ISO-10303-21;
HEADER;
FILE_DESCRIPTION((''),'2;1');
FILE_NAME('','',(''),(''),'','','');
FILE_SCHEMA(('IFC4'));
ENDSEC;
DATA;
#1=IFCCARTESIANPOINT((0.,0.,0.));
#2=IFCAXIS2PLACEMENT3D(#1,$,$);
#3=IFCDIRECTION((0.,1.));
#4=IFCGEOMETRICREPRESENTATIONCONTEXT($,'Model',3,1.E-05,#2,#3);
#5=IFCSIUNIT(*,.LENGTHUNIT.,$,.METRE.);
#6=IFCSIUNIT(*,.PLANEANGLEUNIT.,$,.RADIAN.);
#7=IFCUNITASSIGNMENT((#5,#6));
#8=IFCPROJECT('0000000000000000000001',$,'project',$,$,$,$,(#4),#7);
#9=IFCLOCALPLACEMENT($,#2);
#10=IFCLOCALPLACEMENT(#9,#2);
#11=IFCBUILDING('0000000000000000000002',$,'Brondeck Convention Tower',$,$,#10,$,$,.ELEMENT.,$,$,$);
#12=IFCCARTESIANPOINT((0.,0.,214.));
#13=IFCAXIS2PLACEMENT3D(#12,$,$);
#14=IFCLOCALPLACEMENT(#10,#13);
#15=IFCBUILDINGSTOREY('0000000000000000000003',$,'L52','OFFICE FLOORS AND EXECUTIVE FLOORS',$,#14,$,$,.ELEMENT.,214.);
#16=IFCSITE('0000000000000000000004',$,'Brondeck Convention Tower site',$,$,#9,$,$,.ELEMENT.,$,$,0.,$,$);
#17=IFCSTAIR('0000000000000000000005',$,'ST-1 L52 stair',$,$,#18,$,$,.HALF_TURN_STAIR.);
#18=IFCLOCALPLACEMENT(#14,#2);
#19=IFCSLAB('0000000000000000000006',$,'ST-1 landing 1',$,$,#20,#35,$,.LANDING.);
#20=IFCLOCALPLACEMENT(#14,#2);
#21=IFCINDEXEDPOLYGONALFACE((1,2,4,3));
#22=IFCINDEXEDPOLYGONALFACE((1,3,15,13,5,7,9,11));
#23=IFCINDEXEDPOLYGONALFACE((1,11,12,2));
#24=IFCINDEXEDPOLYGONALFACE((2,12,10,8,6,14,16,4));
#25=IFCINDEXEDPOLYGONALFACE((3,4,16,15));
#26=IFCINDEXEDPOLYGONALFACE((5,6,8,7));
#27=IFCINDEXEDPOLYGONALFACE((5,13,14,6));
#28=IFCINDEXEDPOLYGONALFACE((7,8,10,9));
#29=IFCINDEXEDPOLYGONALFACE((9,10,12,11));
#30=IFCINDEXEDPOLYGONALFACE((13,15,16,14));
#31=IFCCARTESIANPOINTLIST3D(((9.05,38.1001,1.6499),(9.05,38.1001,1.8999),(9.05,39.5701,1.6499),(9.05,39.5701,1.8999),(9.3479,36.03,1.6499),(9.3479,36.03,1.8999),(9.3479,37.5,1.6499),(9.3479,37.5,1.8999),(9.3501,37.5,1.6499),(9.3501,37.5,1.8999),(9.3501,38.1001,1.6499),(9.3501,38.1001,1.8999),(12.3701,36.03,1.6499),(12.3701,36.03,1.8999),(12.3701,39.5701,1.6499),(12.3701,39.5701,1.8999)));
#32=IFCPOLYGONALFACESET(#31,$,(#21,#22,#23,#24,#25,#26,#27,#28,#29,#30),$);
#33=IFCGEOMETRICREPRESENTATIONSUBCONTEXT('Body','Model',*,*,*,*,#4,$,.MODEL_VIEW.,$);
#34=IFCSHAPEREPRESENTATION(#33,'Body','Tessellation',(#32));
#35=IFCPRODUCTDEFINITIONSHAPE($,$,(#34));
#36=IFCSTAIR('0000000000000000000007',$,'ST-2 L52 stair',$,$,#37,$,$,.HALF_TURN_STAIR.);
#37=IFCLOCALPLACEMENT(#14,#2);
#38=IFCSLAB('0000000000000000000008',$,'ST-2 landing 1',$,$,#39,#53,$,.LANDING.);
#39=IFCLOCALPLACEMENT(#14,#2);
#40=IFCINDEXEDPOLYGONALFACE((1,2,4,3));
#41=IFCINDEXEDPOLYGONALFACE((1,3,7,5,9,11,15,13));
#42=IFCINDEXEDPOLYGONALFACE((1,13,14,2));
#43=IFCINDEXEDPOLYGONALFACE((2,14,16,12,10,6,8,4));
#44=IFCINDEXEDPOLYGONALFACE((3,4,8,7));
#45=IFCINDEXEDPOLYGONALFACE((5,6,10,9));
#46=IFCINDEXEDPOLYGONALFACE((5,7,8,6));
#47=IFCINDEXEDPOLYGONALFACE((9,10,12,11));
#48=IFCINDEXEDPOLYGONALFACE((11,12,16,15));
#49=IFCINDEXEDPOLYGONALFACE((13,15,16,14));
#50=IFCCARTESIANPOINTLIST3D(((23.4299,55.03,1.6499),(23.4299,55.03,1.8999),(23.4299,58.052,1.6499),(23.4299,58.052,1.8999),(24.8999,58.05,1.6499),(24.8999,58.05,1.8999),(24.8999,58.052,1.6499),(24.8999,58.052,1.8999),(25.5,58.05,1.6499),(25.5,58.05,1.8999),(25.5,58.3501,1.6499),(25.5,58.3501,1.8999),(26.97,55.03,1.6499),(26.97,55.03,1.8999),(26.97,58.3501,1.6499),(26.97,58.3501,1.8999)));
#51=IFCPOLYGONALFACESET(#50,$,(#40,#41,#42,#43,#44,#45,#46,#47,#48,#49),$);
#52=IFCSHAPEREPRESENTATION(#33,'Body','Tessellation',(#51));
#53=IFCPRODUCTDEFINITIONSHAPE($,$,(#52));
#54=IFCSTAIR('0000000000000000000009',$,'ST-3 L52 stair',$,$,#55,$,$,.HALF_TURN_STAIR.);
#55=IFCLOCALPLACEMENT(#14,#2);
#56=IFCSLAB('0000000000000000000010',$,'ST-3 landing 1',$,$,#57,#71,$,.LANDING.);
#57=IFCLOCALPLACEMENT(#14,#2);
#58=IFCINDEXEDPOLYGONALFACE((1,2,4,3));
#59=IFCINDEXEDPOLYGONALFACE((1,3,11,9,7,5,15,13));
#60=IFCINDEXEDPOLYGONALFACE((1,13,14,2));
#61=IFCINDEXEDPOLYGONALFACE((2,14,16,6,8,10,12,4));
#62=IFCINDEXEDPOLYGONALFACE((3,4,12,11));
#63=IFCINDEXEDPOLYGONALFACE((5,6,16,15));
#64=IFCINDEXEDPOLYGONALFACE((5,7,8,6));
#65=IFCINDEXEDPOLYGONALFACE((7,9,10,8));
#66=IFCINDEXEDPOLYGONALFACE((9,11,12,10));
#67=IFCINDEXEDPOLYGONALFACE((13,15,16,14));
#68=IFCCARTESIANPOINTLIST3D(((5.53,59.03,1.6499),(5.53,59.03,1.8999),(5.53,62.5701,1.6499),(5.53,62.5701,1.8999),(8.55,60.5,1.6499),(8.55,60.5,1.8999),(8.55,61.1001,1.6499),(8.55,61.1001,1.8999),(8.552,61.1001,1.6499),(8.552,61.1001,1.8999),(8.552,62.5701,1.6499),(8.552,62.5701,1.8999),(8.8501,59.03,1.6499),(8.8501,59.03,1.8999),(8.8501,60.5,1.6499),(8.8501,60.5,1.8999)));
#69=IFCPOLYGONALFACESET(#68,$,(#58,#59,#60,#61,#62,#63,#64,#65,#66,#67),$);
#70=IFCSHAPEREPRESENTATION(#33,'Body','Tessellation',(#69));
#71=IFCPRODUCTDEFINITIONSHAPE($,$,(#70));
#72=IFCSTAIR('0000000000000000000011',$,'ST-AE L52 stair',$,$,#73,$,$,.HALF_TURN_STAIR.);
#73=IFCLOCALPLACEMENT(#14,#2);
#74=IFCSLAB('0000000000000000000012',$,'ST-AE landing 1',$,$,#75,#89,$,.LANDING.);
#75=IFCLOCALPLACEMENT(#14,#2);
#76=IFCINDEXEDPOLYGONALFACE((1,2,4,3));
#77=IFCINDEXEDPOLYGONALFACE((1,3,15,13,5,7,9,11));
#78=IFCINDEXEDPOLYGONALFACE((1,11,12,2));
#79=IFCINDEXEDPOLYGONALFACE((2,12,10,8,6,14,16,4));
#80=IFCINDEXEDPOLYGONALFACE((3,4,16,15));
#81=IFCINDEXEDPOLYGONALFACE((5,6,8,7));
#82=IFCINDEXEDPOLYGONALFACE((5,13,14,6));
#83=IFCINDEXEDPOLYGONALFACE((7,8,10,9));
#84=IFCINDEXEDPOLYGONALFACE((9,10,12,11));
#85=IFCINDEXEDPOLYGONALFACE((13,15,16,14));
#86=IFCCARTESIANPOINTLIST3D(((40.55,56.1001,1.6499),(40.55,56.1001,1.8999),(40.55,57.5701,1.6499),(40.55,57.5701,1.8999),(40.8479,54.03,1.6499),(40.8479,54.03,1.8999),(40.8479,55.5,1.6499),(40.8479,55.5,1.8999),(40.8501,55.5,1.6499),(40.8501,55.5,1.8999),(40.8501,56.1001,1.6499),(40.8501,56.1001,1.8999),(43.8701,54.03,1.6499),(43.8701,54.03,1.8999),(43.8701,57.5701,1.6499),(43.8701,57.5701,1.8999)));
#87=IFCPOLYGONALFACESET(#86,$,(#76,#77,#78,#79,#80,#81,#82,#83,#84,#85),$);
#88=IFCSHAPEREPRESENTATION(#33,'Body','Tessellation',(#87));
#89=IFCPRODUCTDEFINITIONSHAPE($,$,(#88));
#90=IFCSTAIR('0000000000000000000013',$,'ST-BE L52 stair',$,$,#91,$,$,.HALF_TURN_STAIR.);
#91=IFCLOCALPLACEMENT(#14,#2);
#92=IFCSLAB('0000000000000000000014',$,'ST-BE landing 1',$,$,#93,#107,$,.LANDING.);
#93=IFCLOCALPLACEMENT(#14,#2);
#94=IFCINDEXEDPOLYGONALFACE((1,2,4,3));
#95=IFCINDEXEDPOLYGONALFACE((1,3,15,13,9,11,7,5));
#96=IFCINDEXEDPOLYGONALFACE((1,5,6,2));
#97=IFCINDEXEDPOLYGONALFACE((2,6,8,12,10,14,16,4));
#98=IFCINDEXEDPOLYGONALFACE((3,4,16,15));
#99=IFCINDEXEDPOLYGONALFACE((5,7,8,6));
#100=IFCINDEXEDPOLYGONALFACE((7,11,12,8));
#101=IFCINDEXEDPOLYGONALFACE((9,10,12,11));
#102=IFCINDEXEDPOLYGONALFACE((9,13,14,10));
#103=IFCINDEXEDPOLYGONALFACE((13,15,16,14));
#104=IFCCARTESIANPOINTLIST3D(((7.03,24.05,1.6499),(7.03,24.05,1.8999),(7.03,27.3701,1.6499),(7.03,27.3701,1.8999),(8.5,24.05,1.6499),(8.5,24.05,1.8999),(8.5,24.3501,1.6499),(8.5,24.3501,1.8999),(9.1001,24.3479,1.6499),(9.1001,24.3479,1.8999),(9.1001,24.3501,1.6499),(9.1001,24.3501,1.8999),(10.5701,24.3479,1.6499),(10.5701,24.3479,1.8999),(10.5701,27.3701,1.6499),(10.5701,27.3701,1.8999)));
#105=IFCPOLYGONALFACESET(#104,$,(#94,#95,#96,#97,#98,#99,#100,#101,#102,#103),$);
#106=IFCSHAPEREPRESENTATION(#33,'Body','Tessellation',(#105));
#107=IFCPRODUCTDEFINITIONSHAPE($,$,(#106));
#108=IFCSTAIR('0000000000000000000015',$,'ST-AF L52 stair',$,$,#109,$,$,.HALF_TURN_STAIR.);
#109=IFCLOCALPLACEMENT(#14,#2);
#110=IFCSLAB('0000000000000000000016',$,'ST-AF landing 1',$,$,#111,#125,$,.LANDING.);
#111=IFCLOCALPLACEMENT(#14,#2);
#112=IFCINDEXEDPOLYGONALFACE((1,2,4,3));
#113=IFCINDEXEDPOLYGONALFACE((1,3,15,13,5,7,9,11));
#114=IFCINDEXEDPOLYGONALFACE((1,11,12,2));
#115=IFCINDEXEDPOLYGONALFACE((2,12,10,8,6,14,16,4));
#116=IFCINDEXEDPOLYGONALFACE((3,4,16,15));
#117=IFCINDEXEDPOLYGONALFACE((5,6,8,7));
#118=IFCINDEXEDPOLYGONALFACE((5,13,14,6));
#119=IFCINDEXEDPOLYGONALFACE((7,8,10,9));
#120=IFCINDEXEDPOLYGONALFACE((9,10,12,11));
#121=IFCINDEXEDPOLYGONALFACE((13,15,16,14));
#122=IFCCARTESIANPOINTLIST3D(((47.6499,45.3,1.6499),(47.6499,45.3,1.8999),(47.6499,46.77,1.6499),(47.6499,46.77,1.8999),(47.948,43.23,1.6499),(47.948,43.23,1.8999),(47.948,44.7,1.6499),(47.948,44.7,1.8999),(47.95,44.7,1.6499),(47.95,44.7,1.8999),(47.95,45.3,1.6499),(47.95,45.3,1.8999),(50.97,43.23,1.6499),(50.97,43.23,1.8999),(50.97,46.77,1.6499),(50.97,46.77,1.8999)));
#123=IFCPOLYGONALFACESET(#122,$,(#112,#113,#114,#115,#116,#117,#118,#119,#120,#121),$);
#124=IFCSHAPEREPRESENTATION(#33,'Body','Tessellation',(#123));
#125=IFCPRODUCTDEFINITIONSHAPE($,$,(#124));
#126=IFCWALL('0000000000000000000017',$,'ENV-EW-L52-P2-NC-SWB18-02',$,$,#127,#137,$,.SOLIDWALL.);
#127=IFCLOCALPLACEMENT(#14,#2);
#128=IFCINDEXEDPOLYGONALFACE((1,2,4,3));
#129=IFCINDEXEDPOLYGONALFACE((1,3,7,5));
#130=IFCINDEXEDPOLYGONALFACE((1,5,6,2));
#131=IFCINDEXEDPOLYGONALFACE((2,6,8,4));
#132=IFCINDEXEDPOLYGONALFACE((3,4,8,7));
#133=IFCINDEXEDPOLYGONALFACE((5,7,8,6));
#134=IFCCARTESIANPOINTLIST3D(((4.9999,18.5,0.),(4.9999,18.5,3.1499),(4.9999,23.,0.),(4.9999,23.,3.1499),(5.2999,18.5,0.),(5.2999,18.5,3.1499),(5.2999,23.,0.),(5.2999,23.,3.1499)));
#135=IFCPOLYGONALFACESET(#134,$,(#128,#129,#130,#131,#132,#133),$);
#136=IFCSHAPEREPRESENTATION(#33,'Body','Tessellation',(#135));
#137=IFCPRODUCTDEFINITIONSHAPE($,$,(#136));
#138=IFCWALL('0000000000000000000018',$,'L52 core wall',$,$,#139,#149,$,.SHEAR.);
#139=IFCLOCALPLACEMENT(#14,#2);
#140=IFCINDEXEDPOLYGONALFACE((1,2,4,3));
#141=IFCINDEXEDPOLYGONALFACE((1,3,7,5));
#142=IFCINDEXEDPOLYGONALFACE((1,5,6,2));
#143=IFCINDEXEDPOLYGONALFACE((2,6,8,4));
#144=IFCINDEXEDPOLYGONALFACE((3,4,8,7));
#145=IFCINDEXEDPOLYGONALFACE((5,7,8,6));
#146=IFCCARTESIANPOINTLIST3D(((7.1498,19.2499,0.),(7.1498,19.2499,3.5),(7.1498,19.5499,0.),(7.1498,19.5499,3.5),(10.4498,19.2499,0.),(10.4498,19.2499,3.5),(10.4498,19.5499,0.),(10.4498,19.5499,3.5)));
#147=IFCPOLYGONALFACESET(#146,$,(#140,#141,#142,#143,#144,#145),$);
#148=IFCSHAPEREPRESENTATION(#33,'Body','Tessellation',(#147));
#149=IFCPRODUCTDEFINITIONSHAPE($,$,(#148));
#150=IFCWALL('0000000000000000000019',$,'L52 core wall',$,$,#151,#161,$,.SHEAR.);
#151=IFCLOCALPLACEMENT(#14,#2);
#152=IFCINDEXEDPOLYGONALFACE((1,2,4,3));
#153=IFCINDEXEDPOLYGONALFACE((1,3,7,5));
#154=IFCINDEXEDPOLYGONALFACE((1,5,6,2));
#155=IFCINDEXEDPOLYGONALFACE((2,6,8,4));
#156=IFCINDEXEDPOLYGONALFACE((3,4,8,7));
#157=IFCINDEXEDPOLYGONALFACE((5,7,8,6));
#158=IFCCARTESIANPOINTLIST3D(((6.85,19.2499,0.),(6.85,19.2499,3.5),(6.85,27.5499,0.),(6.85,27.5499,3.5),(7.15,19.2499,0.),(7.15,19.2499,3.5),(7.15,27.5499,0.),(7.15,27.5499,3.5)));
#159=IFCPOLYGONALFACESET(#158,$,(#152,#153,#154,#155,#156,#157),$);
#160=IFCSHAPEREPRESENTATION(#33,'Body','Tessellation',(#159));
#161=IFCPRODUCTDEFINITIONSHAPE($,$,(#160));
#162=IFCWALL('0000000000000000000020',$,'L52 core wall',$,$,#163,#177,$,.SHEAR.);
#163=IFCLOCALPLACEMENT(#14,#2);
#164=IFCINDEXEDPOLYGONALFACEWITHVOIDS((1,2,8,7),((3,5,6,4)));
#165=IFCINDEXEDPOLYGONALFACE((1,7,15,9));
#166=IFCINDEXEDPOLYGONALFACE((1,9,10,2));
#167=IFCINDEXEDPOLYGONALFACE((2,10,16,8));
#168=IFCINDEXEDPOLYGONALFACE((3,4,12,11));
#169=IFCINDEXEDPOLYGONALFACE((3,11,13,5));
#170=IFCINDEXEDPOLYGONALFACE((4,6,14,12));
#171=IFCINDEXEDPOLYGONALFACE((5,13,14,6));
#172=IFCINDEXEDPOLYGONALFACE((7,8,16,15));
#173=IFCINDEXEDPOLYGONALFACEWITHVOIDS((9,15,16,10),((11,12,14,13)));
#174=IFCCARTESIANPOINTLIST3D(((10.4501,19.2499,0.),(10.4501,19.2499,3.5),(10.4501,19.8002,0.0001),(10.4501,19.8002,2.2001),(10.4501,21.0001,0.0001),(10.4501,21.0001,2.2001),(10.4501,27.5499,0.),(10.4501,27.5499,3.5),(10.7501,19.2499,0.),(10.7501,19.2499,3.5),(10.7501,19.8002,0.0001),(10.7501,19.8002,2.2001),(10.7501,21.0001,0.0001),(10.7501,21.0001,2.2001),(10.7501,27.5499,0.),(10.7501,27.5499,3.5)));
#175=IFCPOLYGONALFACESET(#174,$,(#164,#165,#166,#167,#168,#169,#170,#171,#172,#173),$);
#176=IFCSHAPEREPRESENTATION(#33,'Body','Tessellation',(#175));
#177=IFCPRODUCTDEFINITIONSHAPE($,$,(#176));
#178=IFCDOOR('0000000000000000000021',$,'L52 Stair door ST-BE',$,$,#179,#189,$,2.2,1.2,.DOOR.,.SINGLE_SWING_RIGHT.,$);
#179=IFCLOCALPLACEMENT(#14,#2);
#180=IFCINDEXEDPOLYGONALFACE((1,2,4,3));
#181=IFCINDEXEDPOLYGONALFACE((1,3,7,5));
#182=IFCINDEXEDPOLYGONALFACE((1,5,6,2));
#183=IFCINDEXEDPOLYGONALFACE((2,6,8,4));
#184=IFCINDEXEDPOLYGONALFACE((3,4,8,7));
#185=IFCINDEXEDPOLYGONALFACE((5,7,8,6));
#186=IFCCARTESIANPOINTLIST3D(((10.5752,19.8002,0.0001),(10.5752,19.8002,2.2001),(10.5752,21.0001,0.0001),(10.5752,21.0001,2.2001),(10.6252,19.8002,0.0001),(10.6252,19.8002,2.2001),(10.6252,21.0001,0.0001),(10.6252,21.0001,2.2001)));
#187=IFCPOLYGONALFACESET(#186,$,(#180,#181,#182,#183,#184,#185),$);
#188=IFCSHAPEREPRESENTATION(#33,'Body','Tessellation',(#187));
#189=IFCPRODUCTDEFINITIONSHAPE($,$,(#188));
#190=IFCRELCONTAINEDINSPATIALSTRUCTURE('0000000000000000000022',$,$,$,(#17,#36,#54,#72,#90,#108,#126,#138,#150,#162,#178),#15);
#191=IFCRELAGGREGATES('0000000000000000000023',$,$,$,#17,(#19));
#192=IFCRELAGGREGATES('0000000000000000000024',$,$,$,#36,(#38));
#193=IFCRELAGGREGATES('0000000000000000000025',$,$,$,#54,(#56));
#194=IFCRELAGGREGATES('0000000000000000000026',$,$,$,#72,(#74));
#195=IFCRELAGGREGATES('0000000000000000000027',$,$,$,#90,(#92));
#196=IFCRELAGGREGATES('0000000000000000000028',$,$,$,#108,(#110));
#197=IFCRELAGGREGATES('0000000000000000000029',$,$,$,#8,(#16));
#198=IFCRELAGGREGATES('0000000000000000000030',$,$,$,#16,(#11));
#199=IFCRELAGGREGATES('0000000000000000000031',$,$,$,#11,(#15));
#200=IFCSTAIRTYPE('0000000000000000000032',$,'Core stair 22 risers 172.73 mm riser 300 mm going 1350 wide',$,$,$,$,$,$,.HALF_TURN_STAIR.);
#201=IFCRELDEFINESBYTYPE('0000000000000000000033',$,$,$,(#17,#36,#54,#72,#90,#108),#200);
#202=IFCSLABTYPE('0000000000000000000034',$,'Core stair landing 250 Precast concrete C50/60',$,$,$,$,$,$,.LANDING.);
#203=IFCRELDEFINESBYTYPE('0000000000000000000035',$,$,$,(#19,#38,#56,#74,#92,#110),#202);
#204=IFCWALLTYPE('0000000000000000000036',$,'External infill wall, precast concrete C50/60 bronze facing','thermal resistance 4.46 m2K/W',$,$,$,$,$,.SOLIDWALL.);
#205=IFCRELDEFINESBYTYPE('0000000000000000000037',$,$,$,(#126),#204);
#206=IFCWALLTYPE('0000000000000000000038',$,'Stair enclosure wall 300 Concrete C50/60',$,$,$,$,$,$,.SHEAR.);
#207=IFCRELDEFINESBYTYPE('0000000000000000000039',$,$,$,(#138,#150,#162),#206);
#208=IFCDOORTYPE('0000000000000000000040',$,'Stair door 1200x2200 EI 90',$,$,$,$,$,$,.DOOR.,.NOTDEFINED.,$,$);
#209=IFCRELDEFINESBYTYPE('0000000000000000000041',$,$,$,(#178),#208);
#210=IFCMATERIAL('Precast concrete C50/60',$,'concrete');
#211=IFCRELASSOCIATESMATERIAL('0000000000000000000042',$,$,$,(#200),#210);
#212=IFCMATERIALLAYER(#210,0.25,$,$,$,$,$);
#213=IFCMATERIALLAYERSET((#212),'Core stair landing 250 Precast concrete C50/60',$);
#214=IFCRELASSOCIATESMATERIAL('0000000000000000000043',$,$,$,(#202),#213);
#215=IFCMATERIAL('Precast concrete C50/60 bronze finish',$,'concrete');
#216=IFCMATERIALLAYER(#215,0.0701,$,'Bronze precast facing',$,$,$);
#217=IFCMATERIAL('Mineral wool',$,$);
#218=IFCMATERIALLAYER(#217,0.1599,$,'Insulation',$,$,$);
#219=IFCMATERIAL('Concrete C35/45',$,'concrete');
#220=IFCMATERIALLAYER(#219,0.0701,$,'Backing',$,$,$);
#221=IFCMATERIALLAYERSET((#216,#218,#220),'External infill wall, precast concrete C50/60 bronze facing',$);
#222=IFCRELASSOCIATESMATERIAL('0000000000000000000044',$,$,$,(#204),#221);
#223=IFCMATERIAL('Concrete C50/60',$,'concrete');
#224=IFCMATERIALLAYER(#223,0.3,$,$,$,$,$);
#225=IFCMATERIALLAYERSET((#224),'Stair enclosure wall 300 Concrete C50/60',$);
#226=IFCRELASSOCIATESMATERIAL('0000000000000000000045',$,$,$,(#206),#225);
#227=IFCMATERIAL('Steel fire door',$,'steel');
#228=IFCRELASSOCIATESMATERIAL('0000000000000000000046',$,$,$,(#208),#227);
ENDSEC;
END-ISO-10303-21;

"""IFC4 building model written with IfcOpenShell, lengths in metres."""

from ifc_helpers import new_model, si_unit, direction, frame, frame_2d, origin, place, context, subcontext, project, spatial, polyline, rectangle, outline, extrude, material, layer, layer_set, type_object, element, fill, aggregate, save


model = new_model("IFC4")

# Units and contexts
model_context = context("Model", 3, precision=1e-05, world=origin(), true_north=direction((0.0, 1.0)))
body_context = subcontext(model_context, "Body", "Model", "MODEL_VIEW")
ifc_project = project(units=[si_unit("LENGTHUNIT", "METRE"), si_unit("PLANEANGLEUNIT", "RADIAN")], contexts=[model_context])

# Site, building, storey
site_placement = place(None, origin())
site = spatial("IfcSite", under=ifc_project, at=site_placement, Name="Brondeck Convention Tower site", CompositionType="ELEMENT", RefElevation=0.0)
building_placement = place(site_placement, origin())
building = spatial("IfcBuilding", under=site, at=building_placement, Name="Brondeck Convention Tower", CompositionType="ELEMENT")
storey_placement = place(building_placement, frame((0.0, 0.0, 214.0)))
storey = spatial("IfcBuildingStorey", under=building, at=storey_placement, Name="L52", Description="OFFICE FLOORS AND EXECUTIVE FLOORS", CompositionType="ELEMENT", Elevation=214.0)

# Shared definitions
ifc_material_1 = material(Name="Concrete C50/60", Category="concrete")

# Shared definitions
ifc_material_2 = material(Name="Concrete C35/45", Category="concrete")

# Stairs, slabs
ifc_material_3 = material(Name="Precast concrete C50/60", Category="concrete")
stair_type = type_object("IfcStairType", Name="Core stair 22 risers 172.73 mm riser 300 mm going 1350 wide", PredefinedType="HALF_TURN_STAIR", material=ifc_material_3)
stair_1_placement = place(storey_placement, origin())
stair_1 = element("IfcStair", 1, at=stair_1_placement, inside=storey, type_object=stair_type, Name="ST-1 L52 stair", PredefinedType="HALF_TURN_STAIR")
ifc_layer_1 = layer(ifc_material_3, 0.25)
ifc_layer_set_1 = layer_set([ifc_layer_1], Name="Core stair landing 250 Precast concrete C50/60")
slab_type_1 = type_object("IfcSlabType", Name="Core stair landing 250 Precast concrete C50/60", PredefinedType="LANDING", material=ifc_layer_set_1)
slab_1_placement = place(storey_placement, frame((0.0, 0.0, 1.6499)))
slab_1 = element("IfcSlab", 2, at=slab_1_placement, type_object=slab_type_1, Name="ST-1 landing 1", PredefinedType="LANDING", context=body_context, shape_type="SweptSolid", body=[
    extrude(outline(polyline([(9.3479, 37.5), (9.3501, 37.5), (9.3501, 38.1001), (9.05, 38.1001), (9.05, 39.5701), (12.3701, 39.5701), (12.3701, 36.03), (9.3479, 36.03), (9.3479, 37.5)])), origin(), (0.0, 0.0, 1.0), 0.25),
])
aggregate(stair_1, [slab_1])
stair_2_placement = place(storey_placement, origin())
stair_2 = element("IfcStair", 3, at=stair_2_placement, inside=storey, type_object=stair_type, Name="ST-2 L52 stair", PredefinedType="HALF_TURN_STAIR")
slab_2_placement = place(storey_placement, frame((0.0, 0.0, 1.6499)))
slab_2 = element("IfcSlab", 4, at=slab_2_placement, type_object=slab_type_1, Name="ST-2 landing 1", PredefinedType="LANDING", context=body_context, shape_type="SweptSolid", body=[
    extrude(outline(polyline([(23.4299, 58.052), (24.8999, 58.052), (24.8999, 58.05), (25.5, 58.05), (25.5, 58.3501), (26.97, 58.3501), (26.97, 55.03), (23.4299, 55.03), (23.4299, 58.052)])), origin(), (0.0, 0.0, 1.0), 0.25),
])
aggregate(stair_2, [slab_2])
stair_3_placement = place(storey_placement, origin())
stair_3 = element("IfcStair", 5, at=stair_3_placement, inside=storey, type_object=stair_type, Name="ST-3 L52 stair", PredefinedType="HALF_TURN_STAIR")
slab_3_placement = place(storey_placement, frame((0.0, 0.0, 1.6499)))
slab_3 = element("IfcSlab", 6, at=slab_3_placement, type_object=slab_type_1, Name="ST-3 landing 1", PredefinedType="LANDING", context=body_context, shape_type="SweptSolid", body=[
    extrude(outline(polyline([(8.8501, 60.5), (8.8501, 59.03), (5.53, 59.03), (5.53, 62.5701), (8.552, 62.5701), (8.552, 61.1001), (8.55, 61.1001), (8.55, 60.5), (8.8501, 60.5)])), origin(), (0.0, 0.0, 1.0), 0.25),
])
aggregate(stair_3, [slab_3])
stair_4_placement = place(storey_placement, origin())
stair_4 = element("IfcStair", 7, at=stair_4_placement, inside=storey, type_object=stair_type, Name="ST-AE L52 stair", PredefinedType="HALF_TURN_STAIR")
slab_4_placement = place(storey_placement, frame((0.0, 0.0, 1.6499)))
slab_4 = element("IfcSlab", 8, at=slab_4_placement, type_object=slab_type_1, Name="ST-AE landing 1", PredefinedType="LANDING", context=body_context, shape_type="SweptSolid", body=[
    extrude(outline(polyline([(40.8479, 55.5), (40.8501, 55.5), (40.8501, 56.1001), (40.55, 56.1001), (40.55, 57.5701), (43.8701, 57.5701), (43.8701, 54.03), (40.8479, 54.03), (40.8479, 55.5)])), origin(), (0.0, 0.0, 1.0), 0.25),
])
aggregate(stair_4, [slab_4])
stair_5_placement = place(storey_placement, origin())
stair_5 = element("IfcStair", 9, at=stair_5_placement, inside=storey, type_object=stair_type, Name="ST-BE L52 stair", PredefinedType="HALF_TURN_STAIR")
slab_5_placement = place(storey_placement, frame((0.0, 0.0, 1.6499)))
slab_5 = element("IfcSlab", 10, at=slab_5_placement, type_object=slab_type_1, Name="ST-BE landing 1", PredefinedType="LANDING", context=body_context, shape_type="SweptSolid", body=[
    extrude(outline(polyline([(7.03, 24.05), (7.03, 27.3701), (10.5701, 27.3701), (10.5701, 24.3479), (9.1001, 24.3479), (9.1001, 24.3501), (8.5, 24.3501), (8.5, 24.05), (7.03, 24.05)])), origin(), (0.0, 0.0, 1.0), 0.25),
])
aggregate(stair_5, [slab_5])
stair_6_placement = place(storey_placement, origin())
stair_6 = element("IfcStair", 11, at=stair_6_placement, inside=storey, type_object=stair_type, Name="ST-AF L52 stair", PredefinedType="HALF_TURN_STAIR")
slab_6_placement = place(storey_placement, frame((0.0, 0.0, 1.6499)))
slab_6 = element("IfcSlab", 12, at=slab_6_placement, type_object=slab_type_1, Name="ST-AF landing 1", PredefinedType="LANDING", context=body_context, shape_type="SweptSolid", body=[
    extrude(outline(polyline([(47.948, 44.7), (47.95, 44.7), (47.95, 45.3), (47.6499, 45.3), (47.6499, 46.77), (50.97, 46.77), (50.97, 43.23), (47.948, 43.23), (47.948, 44.7)])), origin(), (0.0, 0.0, 1.0), 0.25),
])
aggregate(stair_6, [slab_6])

# Walls
ifc_material_4 = material(Name="Precast concrete C50/60 bronze finish", Category="concrete")
ifc_layer_2 = layer(ifc_material_4, 0.0701, Name="Bronze precast facing")
ifc_material_5 = material(Name="Mineral wool")
ifc_layer_3 = layer(ifc_material_5, 0.1599, Name="Insulation")
ifc_layer_4 = layer(ifc_material_2, 0.0701, Name="Backing")
ifc_layer_set_2 = layer_set([ifc_layer_2, ifc_layer_3, ifc_layer_4], Name="External infill wall, precast concrete C50/60 bronze facing")
wall_type_1 = type_object("IfcWallType", Name="External infill wall, precast concrete C50/60 bronze facing", Description="thermal resistance 4.46 m2K/W", PredefinedType="SOLIDWALL", material=ifc_layer_set_2)
wall_1_placement = place(storey_placement, frame((5.1499, 18.5, 0.0), z_axis=(0.0, 0.0, 1.0), x_axis=(0.0, 1.0, 0.0)))
element("IfcWall", 13, at=wall_1_placement, inside=storey, type_object=wall_type_1, Name="ENV-EW-L52-P2-NC-SWB18-02", PredefinedType="SOLIDWALL", context=body_context, shape_type="SweptSolid", body=[
    extrude(rectangle(XDim=4.5, YDim=0.3, at=frame_2d((2.25, 0.0))), origin(), (0.0, 0.0, 1.0), 3.1499),
])
ifc_layer_5 = layer(ifc_material_1, 0.3)
ifc_layer_set_3 = layer_set([ifc_layer_5], Name="Stair enclosure wall 300 Concrete C50/60")
wall_type_2 = type_object("IfcWallType", Name="Stair enclosure wall 300 Concrete C50/60", PredefinedType="SHEAR", material=ifc_layer_set_3)
wall_2_placement = place(storey_placement, frame((7.1499, 19.3999, 0.0), z_axis=(0.0, 0.0, 1.0), x_axis=(1.0, 0.0, 0.0)))
element("IfcWall", 14, at=wall_2_placement, inside=storey, type_object=wall_type_2, Name="L52 core wall", PredefinedType="SHEAR", context=body_context, shape_type="SweptSolid", body=[
    extrude(rectangle(XDim=3.3, YDim=0.3, at=frame_2d((1.6499, 0.0))), origin(), (0.0, 0.0, 1.0), 3.5),
])
wall_3_placement = place(storey_placement, frame((7.0, 19.25, 0.0), z_axis=(0.0, 0.0, 1.0), x_axis=(0.0, 1.0, 0.0)))
element("IfcWall", 15, at=wall_3_placement, inside=storey, type_object=wall_type_2, Name="L52 core wall", PredefinedType="SHEAR", context=body_context, shape_type="SweptSolid", body=[
    extrude(rectangle(XDim=8.3, YDim=0.3, at=frame_2d((4.1499, 0.0))), origin(), (0.0, 0.0, 1.0), 3.5),
])

# Wall, opening, door
wall_4_placement = place(storey_placement, frame((10.6001, 19.25, 0.0), z_axis=(0.0, 0.0, 1.0), x_axis=(0.0, 1.0, 0.0)))
wall_4 = element("IfcWall", 16, at=wall_4_placement, inside=storey, type_object=wall_type_2, Name="L52 core wall", PredefinedType="SHEAR", context=body_context, shape_type="SweptSolid", body=[
    extrude(rectangle(XDim=8.3, YDim=0.3, at=frame_2d((4.1499, 0.0))), origin(), (0.0, 0.0, 1.0), 3.5),
])
opening_placement = place(wall_4_placement, frame((0.55, 0.0, 0.0)))
opening = element("IfcOpeningElement", 17, at=opening_placement, cuts=wall_4, PredefinedType="OPENING", context=body_context, shape_type="SweptSolid", body=[
    extrude(rectangle(XDim=1.2, YDim=2.2, at=frame_2d((0.6001, 1.1001))), frame((0.0, 0.1599, 0.0), z_axis=(0.0, -1.0, 0.0), x_axis=(1.0, 0.0, 0.0)), (0.0, 0.0, 1.0), 0.3201),
])
ifc_material_6 = material(Name="Steel fire door", Category="steel")
door_type = type_object("IfcDoorType", Name="Stair door 1200x2200 EI 90", OperationType="NOTDEFINED", PredefinedType="DOOR", material=ifc_material_6)
door_placement = place(opening_placement, origin())
door = element("IfcDoor", 18, at=door_placement, inside=storey, type_object=door_type, Name="L52 Stair door ST-BE", OperationType="SINGLE_SWING_RIGHT", OverallHeight=2.2, OverallWidth=1.2, PredefinedType="DOOR", context=body_context, shape_type="SweptSolid", body=[
    extrude(rectangle(XDim=1.2, YDim=2.2, at=frame_2d((0.6001, 1.1001))), frame((0.0, 0.0249, 0.0), z_axis=(0.0, -1.0, 0.0), x_axis=(1.0, 0.0, 0.0)), (0.0, 0.0, 1.0), 0.05),
])
fill(opening, door)

save(model, "model.ifc")
